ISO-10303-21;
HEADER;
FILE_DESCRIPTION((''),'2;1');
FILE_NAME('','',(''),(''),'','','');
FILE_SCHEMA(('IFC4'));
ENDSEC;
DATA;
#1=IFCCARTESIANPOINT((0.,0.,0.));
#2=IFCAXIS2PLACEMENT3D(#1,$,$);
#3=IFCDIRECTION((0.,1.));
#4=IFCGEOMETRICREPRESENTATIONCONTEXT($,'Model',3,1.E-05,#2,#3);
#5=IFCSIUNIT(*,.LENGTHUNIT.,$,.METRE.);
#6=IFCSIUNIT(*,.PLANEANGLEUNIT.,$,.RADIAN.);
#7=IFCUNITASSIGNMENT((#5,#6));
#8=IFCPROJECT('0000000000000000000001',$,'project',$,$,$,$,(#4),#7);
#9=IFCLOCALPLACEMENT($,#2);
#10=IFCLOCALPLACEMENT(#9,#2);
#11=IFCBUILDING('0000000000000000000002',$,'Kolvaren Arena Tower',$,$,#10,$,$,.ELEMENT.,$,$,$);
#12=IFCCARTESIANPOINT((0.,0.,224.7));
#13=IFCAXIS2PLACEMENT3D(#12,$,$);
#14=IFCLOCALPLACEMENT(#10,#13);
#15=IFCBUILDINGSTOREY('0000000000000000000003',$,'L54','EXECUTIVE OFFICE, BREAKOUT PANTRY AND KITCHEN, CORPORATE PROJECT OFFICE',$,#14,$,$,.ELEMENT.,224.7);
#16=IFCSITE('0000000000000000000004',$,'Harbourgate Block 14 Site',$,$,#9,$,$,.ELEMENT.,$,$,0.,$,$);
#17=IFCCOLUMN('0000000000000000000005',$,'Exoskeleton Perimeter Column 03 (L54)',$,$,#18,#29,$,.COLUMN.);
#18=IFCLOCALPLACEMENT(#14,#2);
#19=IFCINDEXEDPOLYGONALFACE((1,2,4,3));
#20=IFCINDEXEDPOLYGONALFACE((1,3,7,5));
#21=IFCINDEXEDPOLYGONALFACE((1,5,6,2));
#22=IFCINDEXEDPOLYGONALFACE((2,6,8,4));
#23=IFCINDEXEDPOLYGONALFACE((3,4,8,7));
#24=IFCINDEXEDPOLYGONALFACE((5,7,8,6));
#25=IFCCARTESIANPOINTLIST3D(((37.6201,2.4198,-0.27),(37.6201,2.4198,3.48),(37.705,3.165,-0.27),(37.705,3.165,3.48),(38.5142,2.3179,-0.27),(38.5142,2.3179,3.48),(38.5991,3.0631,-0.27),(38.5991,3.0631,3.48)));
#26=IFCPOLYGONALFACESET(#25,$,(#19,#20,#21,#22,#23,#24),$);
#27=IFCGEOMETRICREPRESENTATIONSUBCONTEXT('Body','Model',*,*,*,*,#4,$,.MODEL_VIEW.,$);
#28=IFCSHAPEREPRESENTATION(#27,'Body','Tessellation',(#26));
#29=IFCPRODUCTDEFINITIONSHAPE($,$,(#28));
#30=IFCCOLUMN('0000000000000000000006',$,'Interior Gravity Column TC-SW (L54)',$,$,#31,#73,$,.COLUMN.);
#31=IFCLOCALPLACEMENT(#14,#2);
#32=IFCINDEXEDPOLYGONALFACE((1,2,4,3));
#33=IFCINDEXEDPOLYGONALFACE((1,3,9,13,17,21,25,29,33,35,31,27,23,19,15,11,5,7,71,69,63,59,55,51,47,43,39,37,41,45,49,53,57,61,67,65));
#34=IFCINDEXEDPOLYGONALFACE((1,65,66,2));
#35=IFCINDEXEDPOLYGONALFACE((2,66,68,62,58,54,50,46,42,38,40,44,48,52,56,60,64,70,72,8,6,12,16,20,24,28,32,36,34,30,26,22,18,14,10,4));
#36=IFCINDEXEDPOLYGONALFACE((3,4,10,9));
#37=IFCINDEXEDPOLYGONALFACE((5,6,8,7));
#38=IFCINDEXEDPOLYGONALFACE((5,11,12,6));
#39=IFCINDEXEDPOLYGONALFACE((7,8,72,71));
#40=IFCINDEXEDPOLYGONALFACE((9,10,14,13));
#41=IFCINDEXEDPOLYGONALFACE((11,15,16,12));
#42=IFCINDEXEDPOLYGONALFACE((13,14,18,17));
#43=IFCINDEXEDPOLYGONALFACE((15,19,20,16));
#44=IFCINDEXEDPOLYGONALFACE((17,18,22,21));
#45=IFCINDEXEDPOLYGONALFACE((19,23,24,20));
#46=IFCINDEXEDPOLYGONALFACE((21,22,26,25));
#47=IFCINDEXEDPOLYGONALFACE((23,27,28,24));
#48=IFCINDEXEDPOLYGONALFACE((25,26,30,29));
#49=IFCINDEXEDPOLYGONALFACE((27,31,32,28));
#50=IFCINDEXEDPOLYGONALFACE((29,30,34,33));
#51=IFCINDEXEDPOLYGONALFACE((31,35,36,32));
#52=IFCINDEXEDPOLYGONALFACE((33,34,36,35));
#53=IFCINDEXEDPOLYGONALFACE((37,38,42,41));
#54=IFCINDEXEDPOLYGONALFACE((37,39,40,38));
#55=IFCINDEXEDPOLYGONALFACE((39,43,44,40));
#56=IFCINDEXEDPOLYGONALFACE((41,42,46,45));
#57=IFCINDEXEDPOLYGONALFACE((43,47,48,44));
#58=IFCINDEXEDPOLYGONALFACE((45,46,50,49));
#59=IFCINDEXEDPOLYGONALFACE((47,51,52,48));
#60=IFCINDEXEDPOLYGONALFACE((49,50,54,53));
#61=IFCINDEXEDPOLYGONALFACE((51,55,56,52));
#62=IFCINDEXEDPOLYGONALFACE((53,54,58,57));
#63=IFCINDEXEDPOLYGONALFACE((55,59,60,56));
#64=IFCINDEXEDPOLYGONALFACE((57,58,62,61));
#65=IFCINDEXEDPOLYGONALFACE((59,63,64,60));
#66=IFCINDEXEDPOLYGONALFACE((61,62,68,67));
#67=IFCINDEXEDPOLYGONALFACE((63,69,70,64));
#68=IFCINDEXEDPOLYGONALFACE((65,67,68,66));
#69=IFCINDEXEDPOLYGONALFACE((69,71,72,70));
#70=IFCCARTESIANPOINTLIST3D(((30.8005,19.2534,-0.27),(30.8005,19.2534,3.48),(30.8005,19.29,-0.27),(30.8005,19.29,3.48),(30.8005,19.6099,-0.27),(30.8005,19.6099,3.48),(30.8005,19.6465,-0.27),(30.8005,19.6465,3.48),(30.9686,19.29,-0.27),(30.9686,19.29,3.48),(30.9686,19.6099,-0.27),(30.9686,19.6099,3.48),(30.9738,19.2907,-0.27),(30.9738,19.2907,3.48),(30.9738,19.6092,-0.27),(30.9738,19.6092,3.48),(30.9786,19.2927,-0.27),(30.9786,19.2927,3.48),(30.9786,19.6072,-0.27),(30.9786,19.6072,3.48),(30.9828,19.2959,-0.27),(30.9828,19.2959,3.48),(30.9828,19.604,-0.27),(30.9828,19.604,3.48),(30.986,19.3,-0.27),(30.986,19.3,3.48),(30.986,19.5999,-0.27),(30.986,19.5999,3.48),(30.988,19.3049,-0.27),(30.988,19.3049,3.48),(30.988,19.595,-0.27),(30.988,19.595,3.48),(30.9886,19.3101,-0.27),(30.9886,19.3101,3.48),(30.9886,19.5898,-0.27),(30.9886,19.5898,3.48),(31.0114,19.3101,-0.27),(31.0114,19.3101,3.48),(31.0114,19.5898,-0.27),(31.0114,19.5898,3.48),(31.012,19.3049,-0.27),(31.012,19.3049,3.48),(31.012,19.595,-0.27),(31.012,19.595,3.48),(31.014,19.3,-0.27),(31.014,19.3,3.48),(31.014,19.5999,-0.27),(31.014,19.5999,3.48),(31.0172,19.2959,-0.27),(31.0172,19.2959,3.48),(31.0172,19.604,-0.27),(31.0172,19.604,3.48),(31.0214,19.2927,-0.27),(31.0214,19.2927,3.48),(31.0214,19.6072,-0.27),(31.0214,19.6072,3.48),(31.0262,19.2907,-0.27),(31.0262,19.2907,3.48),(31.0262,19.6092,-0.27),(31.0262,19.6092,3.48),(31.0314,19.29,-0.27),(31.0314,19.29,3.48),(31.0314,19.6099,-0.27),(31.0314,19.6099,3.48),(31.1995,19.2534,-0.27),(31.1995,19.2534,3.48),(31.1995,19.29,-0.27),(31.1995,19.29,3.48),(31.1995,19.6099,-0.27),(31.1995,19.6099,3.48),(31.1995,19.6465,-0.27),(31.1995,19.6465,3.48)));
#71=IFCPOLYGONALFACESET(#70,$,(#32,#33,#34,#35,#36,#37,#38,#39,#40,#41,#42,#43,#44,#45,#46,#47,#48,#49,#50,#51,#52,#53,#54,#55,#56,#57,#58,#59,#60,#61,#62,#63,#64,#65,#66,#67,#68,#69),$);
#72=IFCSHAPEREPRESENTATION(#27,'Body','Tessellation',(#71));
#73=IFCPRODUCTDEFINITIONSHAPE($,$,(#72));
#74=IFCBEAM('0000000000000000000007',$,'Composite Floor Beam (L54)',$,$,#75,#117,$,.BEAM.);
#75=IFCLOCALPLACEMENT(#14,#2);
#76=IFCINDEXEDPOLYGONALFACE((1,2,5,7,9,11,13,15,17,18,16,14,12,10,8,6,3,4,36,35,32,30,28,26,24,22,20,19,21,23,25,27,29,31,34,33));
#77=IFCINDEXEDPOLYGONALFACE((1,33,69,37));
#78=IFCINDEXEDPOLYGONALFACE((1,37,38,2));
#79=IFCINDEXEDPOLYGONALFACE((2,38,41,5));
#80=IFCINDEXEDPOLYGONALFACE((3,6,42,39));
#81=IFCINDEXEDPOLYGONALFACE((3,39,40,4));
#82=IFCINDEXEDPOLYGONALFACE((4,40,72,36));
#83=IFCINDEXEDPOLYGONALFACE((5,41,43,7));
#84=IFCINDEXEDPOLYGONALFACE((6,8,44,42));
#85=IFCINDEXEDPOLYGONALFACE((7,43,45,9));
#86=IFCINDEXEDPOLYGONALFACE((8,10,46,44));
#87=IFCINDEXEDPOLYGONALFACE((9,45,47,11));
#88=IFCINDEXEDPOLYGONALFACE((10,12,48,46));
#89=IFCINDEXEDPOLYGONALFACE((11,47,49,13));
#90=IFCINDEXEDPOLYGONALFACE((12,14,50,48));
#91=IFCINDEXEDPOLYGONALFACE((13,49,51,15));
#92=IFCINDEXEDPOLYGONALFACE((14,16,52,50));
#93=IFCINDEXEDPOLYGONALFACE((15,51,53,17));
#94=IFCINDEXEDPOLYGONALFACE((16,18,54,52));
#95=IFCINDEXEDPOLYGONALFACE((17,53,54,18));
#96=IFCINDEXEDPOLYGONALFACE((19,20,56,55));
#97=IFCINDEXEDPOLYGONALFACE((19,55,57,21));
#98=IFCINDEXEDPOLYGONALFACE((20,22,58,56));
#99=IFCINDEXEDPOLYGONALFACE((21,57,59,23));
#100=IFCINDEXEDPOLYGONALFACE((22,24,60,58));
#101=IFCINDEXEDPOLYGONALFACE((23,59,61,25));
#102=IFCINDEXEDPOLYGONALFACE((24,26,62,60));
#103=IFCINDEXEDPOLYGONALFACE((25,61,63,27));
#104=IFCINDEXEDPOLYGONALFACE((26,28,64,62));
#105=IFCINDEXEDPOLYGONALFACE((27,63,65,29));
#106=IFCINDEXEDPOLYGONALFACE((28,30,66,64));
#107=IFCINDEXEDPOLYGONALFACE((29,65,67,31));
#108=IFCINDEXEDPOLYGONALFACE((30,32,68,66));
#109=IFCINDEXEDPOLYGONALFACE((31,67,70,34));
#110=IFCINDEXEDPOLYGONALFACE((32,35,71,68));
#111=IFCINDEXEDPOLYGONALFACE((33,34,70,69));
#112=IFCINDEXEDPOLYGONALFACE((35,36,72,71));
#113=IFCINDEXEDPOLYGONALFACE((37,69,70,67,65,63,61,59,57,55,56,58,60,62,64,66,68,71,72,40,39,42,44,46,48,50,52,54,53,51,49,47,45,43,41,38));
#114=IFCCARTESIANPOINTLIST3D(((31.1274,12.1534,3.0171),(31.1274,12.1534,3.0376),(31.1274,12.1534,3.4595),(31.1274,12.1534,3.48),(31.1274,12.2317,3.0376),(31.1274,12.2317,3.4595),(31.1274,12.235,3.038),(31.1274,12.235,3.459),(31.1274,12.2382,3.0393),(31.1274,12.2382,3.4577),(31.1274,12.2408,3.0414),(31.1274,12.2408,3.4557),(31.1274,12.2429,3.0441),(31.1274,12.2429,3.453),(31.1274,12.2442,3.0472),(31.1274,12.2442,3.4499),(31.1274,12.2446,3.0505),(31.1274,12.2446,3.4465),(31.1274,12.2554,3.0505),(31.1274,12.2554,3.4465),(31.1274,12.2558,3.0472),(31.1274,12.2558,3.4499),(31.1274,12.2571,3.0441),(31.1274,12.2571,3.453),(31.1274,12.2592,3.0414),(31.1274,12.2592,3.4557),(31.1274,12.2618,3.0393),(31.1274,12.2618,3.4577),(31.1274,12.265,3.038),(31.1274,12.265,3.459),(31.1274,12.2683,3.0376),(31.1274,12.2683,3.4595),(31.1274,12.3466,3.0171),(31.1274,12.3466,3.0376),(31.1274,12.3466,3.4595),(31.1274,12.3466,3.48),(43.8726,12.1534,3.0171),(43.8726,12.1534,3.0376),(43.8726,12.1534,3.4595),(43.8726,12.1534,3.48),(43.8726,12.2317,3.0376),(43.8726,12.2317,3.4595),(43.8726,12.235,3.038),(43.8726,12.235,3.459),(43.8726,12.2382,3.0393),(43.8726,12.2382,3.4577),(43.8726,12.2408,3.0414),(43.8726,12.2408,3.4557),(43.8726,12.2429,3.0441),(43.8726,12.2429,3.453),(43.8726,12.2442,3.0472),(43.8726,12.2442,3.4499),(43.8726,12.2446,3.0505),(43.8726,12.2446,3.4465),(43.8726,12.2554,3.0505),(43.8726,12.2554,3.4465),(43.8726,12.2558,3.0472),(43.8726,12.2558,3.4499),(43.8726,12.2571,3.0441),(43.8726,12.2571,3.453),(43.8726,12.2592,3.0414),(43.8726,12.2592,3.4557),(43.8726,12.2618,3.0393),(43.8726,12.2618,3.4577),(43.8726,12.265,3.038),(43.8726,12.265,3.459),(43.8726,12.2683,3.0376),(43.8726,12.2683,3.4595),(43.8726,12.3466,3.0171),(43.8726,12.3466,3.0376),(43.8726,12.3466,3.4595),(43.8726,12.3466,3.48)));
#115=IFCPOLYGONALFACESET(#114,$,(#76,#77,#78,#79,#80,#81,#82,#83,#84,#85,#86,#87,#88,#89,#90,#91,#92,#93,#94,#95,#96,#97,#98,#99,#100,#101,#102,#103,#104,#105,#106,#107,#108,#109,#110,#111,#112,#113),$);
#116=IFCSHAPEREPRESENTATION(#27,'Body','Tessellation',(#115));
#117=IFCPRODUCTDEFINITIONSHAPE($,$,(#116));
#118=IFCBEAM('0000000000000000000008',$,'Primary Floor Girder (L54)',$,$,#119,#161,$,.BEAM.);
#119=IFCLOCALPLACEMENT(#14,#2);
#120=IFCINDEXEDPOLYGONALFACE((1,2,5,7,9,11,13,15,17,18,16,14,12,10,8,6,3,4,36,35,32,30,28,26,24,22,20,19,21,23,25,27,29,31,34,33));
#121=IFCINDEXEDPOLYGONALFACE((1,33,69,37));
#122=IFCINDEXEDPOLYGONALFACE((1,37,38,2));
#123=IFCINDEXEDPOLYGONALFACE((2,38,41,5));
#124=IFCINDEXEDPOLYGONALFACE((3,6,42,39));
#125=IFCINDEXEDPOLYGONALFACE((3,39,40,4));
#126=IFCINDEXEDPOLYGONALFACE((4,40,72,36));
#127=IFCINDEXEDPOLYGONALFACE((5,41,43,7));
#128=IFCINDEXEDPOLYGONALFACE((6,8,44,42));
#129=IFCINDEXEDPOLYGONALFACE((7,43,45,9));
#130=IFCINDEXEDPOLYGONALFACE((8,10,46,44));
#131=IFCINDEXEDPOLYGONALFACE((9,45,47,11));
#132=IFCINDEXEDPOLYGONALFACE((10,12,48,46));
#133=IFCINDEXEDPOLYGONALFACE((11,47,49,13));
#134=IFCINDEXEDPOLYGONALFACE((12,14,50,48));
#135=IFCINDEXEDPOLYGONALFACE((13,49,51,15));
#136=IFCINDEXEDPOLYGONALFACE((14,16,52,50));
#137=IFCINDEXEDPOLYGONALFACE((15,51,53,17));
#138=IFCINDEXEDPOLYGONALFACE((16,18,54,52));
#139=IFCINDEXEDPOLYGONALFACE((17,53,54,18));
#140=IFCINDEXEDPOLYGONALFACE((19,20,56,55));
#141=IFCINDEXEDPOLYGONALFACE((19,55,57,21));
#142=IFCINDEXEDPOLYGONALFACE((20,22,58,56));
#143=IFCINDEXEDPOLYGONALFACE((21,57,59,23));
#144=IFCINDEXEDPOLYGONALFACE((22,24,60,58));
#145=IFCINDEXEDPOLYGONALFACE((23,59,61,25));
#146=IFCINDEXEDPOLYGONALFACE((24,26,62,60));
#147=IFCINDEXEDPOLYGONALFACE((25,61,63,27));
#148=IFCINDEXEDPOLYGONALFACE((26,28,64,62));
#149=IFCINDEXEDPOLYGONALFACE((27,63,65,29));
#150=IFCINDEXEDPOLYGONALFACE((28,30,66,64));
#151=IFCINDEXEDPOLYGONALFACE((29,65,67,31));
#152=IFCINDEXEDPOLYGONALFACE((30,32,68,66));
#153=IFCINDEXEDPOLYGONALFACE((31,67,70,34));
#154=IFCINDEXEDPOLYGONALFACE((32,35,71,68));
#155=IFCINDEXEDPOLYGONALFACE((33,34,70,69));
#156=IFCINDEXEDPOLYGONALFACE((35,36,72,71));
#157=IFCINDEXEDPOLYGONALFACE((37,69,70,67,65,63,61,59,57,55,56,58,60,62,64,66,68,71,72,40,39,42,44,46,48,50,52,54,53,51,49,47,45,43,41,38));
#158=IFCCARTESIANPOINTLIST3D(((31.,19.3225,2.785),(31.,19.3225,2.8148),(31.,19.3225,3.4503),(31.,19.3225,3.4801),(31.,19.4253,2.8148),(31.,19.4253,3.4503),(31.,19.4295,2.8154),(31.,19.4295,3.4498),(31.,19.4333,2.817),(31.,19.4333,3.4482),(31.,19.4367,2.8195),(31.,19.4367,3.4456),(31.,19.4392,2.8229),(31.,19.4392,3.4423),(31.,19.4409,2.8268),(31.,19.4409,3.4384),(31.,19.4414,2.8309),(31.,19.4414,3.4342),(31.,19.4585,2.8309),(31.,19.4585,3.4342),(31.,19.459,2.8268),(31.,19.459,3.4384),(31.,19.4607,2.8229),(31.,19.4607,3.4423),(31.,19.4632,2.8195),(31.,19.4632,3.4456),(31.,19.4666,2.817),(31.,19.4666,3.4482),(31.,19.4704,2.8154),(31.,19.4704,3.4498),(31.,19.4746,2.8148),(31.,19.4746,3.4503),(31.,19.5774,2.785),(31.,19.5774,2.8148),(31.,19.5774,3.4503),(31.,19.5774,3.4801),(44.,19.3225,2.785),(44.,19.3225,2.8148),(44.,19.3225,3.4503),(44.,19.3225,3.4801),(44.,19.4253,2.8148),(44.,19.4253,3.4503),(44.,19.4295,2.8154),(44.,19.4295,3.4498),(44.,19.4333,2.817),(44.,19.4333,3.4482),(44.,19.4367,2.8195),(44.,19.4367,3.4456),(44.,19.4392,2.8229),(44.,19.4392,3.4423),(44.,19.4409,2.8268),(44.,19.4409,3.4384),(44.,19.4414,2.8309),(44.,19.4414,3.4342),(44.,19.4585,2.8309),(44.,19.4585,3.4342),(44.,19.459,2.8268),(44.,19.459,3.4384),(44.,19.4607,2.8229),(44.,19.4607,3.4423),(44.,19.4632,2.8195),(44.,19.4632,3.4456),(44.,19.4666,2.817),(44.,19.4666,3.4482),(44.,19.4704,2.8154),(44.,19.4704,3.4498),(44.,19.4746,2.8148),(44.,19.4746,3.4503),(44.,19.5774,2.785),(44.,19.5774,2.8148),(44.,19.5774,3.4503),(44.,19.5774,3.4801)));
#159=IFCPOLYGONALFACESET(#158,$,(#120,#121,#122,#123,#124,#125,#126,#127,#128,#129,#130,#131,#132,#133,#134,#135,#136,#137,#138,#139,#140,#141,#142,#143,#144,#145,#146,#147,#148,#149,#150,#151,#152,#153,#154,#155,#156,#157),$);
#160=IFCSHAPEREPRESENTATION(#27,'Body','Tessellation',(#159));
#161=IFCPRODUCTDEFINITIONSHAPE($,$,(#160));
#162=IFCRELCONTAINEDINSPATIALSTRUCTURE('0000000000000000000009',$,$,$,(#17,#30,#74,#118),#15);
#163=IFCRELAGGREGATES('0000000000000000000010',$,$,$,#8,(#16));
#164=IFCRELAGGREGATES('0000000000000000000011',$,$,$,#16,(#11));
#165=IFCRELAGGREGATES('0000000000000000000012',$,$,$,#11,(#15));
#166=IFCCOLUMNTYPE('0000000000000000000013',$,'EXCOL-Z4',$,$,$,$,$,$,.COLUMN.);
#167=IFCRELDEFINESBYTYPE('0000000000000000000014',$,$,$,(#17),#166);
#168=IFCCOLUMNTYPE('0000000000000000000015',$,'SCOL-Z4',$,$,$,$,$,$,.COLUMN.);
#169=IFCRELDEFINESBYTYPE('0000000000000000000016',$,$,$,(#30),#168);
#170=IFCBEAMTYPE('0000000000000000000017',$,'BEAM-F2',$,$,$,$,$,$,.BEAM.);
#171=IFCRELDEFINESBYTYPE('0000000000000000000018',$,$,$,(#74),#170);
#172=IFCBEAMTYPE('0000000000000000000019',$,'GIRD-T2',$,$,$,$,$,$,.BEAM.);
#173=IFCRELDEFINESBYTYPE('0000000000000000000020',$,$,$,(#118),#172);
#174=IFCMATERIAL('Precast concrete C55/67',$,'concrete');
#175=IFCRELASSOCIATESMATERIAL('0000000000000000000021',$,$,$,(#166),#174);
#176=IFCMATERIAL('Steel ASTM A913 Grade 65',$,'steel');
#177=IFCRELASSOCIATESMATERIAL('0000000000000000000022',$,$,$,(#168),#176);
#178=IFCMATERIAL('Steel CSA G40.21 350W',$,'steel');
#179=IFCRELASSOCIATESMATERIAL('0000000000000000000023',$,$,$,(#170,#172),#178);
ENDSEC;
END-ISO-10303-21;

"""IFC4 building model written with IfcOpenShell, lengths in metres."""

from ifc_helpers import new_model, si_unit, direction, frame, origin, origin_2d, place, context, subcontext, project, spatial, rectangle, i_section, extrude, material, material_profile, profile_set, type_object, element, save


model = new_model("IFC4")

# Units and contexts
model_context = context("Model", 3, precision=1e-05, world=origin(), true_north=direction((0.0, 1.0)))
body_context = subcontext(model_context, "Body", "Model", "MODEL_VIEW")
ifc_project = project(units=[si_unit("LENGTHUNIT", "METRE"), si_unit("PLANEANGLEUNIT", "RADIAN")], contexts=[model_context])

# Site, building, storey
site_placement = place(None, origin())
site = spatial("IfcSite", under=ifc_project, at=site_placement, Name="Harbourgate Block 14 Site", CompositionType="ELEMENT", RefElevation=0.0)
building_placement = place(site_placement, origin())
building = spatial("IfcBuilding", under=site, at=building_placement, Name="Kolvaren Arena Tower", CompositionType="ELEMENT")
storey_placement = place(building_placement, frame((0.0, 0.0, 224.7)))
storey = spatial("IfcBuildingStorey", under=building, at=storey_placement, Name="L54", Description="EXECUTIVE OFFICE, BREAKOUT PANTRY AND KITCHEN, CORPORATE PROJECT OFFICE", CompositionType="ELEMENT", Elevation=224.7)

# Columns
ifc_material_1 = material(Name="Precast concrete C55/67", Category="concrete")
ifc_material_profile_1 = material_profile(ifc_material_1, rectangle(XDim=0.8999, YDim=0.75, at=origin_2d()), Name="RC-900x750")
ifc_profile_set_1 = profile_set([ifc_material_profile_1], Name="Precast concrete C55/67")
column_type_1 = type_object("IfcColumnType", Name="EXCOL-Z4", PredefinedType="COLUMN", material=ifc_profile_set_1)
column_1_placement = place(storey_placement, frame((38.1096, 2.7415, -0.27), z_axis=(0.0, 0.0, 1.0), x_axis=(0.993572, -0.113203, 0.0)))
element("IfcColumn", 1, at=column_1_placement, inside=storey, type_object=column_type_1, Name="Exoskeleton Perimeter Column 03 (L54)", PredefinedType="COLUMN", context=body_context, shape_type="SweptSolid", body=[
    extrude(rectangle(XDim=0.8999, YDim=0.75, at=origin_2d()), origin(), (0.0, 0.0, 1.0), 3.75),
])
ifc_material_2 = material(Name="Steel ASTM A913 Grade 65", Category="steel")
ifc_material_profile_2 = material_profile(ifc_material_2, i_section(OverallWidth=0.3989, OverallDepth=0.3931, WebThickness=0.0227, FlangeThickness=0.0366, FilletRadius=0.02, at=origin_2d()), Name="W360x287")
ifc_profile_set_2 = profile_set([ifc_material_profile_2], Name="Steel ASTM A913 Grade 65")
column_type_2 = type_object("IfcColumnType", Name="SCOL-Z4", PredefinedType="COLUMN", material=ifc_profile_set_2)
column_2_placement = place(storey_placement, frame((31.0, 19.45, -0.27), z_axis=(0.0, 0.0, 1.0), x_axis=(1.0, 0.0, 0.0)))
element("IfcColumn", 2, at=column_2_placement, inside=storey, type_object=column_type_2, Name="Interior Gravity Column TC-SW (L54)", PredefinedType="COLUMN", context=body_context, shape_type="SweptSolid", body=[
    extrude(i_section(OverallWidth=0.3989, OverallDepth=0.3931, WebThickness=0.0227, FlangeThickness=0.0366, FilletRadius=0.02, at=origin_2d()), origin(), (0.0, 0.0, 1.0), 3.75),
])

# Beams
ifc_material_3 = material(Name="Steel CSA G40.21 350W", Category="steel")
ifc_material_profile_3 = material_profile(ifc_material_3, i_section(OverallWidth=0.1931, OverallDepth=0.4629, WebThickness=0.0107, FlangeThickness=0.0205, FilletRadius=0.0129, at=origin_2d()), Name="W460x113")
ifc_profile_set_3 = profile_set([ifc_material_profile_3], Name="Steel CSA G40.21 350W")
beam_type_1 = type_object("IfcBeamType", Name="BEAM-F2", PredefinedType="BEAM", material=ifc_profile_set_3)
beam_1_placement = place(storey_placement, frame((31.1274, 12.25, 3.2485), z_axis=(1.0, 0.0, 0.0), x_axis=(0.0, 1.0, 0.0)))
element("IfcBeam", 3, at=beam_1_placement, inside=storey, type_object=beam_type_1, Name="Composite Floor Beam (L54)", PredefinedType="BEAM", context=body_context, shape_type="SweptSolid", body=[
    extrude(i_section(OverallWidth=0.1931, OverallDepth=0.4629, WebThickness=0.0107, FlangeThickness=0.0205, FilletRadius=0.0129, at=origin_2d()), origin(), (0.0, 0.0, 1.0), 12.7451),
])
ifc_material_profile_4 = material_profile(ifc_material_3, i_section(OverallWidth=0.2549, OverallDepth=0.6951, WebThickness=0.0171, FlangeThickness=0.0298, FilletRadius=0.0161, at=origin_2d()), Name="W690x217")
ifc_profile_set_4 = profile_set([ifc_material_profile_4], Name="Steel CSA G40.21 350W")
beam_type_2 = type_object("IfcBeamType", Name="GIRD-T2", PredefinedType="BEAM", material=ifc_profile_set_4)
beam_2_placement = place(storey_placement, frame((31.0, 19.45, 3.1326), z_axis=(1.0, 0.0, 0.0), x_axis=(0.0, 1.0, 0.0)))
element("IfcBeam", 4, at=beam_2_placement, inside=storey, type_object=beam_type_2, Name="Primary Floor Girder (L54)", PredefinedType="BEAM", context=body_context, shape_type="SweptSolid", body=[
    extrude(i_section(OverallWidth=0.2549, OverallDepth=0.6951, WebThickness=0.0171, FlangeThickness=0.0298, FilletRadius=0.0161, at=origin_2d()), origin(), (0.0, 0.0, 1.0), 13.0),
])

save(model, "model.ifc")
